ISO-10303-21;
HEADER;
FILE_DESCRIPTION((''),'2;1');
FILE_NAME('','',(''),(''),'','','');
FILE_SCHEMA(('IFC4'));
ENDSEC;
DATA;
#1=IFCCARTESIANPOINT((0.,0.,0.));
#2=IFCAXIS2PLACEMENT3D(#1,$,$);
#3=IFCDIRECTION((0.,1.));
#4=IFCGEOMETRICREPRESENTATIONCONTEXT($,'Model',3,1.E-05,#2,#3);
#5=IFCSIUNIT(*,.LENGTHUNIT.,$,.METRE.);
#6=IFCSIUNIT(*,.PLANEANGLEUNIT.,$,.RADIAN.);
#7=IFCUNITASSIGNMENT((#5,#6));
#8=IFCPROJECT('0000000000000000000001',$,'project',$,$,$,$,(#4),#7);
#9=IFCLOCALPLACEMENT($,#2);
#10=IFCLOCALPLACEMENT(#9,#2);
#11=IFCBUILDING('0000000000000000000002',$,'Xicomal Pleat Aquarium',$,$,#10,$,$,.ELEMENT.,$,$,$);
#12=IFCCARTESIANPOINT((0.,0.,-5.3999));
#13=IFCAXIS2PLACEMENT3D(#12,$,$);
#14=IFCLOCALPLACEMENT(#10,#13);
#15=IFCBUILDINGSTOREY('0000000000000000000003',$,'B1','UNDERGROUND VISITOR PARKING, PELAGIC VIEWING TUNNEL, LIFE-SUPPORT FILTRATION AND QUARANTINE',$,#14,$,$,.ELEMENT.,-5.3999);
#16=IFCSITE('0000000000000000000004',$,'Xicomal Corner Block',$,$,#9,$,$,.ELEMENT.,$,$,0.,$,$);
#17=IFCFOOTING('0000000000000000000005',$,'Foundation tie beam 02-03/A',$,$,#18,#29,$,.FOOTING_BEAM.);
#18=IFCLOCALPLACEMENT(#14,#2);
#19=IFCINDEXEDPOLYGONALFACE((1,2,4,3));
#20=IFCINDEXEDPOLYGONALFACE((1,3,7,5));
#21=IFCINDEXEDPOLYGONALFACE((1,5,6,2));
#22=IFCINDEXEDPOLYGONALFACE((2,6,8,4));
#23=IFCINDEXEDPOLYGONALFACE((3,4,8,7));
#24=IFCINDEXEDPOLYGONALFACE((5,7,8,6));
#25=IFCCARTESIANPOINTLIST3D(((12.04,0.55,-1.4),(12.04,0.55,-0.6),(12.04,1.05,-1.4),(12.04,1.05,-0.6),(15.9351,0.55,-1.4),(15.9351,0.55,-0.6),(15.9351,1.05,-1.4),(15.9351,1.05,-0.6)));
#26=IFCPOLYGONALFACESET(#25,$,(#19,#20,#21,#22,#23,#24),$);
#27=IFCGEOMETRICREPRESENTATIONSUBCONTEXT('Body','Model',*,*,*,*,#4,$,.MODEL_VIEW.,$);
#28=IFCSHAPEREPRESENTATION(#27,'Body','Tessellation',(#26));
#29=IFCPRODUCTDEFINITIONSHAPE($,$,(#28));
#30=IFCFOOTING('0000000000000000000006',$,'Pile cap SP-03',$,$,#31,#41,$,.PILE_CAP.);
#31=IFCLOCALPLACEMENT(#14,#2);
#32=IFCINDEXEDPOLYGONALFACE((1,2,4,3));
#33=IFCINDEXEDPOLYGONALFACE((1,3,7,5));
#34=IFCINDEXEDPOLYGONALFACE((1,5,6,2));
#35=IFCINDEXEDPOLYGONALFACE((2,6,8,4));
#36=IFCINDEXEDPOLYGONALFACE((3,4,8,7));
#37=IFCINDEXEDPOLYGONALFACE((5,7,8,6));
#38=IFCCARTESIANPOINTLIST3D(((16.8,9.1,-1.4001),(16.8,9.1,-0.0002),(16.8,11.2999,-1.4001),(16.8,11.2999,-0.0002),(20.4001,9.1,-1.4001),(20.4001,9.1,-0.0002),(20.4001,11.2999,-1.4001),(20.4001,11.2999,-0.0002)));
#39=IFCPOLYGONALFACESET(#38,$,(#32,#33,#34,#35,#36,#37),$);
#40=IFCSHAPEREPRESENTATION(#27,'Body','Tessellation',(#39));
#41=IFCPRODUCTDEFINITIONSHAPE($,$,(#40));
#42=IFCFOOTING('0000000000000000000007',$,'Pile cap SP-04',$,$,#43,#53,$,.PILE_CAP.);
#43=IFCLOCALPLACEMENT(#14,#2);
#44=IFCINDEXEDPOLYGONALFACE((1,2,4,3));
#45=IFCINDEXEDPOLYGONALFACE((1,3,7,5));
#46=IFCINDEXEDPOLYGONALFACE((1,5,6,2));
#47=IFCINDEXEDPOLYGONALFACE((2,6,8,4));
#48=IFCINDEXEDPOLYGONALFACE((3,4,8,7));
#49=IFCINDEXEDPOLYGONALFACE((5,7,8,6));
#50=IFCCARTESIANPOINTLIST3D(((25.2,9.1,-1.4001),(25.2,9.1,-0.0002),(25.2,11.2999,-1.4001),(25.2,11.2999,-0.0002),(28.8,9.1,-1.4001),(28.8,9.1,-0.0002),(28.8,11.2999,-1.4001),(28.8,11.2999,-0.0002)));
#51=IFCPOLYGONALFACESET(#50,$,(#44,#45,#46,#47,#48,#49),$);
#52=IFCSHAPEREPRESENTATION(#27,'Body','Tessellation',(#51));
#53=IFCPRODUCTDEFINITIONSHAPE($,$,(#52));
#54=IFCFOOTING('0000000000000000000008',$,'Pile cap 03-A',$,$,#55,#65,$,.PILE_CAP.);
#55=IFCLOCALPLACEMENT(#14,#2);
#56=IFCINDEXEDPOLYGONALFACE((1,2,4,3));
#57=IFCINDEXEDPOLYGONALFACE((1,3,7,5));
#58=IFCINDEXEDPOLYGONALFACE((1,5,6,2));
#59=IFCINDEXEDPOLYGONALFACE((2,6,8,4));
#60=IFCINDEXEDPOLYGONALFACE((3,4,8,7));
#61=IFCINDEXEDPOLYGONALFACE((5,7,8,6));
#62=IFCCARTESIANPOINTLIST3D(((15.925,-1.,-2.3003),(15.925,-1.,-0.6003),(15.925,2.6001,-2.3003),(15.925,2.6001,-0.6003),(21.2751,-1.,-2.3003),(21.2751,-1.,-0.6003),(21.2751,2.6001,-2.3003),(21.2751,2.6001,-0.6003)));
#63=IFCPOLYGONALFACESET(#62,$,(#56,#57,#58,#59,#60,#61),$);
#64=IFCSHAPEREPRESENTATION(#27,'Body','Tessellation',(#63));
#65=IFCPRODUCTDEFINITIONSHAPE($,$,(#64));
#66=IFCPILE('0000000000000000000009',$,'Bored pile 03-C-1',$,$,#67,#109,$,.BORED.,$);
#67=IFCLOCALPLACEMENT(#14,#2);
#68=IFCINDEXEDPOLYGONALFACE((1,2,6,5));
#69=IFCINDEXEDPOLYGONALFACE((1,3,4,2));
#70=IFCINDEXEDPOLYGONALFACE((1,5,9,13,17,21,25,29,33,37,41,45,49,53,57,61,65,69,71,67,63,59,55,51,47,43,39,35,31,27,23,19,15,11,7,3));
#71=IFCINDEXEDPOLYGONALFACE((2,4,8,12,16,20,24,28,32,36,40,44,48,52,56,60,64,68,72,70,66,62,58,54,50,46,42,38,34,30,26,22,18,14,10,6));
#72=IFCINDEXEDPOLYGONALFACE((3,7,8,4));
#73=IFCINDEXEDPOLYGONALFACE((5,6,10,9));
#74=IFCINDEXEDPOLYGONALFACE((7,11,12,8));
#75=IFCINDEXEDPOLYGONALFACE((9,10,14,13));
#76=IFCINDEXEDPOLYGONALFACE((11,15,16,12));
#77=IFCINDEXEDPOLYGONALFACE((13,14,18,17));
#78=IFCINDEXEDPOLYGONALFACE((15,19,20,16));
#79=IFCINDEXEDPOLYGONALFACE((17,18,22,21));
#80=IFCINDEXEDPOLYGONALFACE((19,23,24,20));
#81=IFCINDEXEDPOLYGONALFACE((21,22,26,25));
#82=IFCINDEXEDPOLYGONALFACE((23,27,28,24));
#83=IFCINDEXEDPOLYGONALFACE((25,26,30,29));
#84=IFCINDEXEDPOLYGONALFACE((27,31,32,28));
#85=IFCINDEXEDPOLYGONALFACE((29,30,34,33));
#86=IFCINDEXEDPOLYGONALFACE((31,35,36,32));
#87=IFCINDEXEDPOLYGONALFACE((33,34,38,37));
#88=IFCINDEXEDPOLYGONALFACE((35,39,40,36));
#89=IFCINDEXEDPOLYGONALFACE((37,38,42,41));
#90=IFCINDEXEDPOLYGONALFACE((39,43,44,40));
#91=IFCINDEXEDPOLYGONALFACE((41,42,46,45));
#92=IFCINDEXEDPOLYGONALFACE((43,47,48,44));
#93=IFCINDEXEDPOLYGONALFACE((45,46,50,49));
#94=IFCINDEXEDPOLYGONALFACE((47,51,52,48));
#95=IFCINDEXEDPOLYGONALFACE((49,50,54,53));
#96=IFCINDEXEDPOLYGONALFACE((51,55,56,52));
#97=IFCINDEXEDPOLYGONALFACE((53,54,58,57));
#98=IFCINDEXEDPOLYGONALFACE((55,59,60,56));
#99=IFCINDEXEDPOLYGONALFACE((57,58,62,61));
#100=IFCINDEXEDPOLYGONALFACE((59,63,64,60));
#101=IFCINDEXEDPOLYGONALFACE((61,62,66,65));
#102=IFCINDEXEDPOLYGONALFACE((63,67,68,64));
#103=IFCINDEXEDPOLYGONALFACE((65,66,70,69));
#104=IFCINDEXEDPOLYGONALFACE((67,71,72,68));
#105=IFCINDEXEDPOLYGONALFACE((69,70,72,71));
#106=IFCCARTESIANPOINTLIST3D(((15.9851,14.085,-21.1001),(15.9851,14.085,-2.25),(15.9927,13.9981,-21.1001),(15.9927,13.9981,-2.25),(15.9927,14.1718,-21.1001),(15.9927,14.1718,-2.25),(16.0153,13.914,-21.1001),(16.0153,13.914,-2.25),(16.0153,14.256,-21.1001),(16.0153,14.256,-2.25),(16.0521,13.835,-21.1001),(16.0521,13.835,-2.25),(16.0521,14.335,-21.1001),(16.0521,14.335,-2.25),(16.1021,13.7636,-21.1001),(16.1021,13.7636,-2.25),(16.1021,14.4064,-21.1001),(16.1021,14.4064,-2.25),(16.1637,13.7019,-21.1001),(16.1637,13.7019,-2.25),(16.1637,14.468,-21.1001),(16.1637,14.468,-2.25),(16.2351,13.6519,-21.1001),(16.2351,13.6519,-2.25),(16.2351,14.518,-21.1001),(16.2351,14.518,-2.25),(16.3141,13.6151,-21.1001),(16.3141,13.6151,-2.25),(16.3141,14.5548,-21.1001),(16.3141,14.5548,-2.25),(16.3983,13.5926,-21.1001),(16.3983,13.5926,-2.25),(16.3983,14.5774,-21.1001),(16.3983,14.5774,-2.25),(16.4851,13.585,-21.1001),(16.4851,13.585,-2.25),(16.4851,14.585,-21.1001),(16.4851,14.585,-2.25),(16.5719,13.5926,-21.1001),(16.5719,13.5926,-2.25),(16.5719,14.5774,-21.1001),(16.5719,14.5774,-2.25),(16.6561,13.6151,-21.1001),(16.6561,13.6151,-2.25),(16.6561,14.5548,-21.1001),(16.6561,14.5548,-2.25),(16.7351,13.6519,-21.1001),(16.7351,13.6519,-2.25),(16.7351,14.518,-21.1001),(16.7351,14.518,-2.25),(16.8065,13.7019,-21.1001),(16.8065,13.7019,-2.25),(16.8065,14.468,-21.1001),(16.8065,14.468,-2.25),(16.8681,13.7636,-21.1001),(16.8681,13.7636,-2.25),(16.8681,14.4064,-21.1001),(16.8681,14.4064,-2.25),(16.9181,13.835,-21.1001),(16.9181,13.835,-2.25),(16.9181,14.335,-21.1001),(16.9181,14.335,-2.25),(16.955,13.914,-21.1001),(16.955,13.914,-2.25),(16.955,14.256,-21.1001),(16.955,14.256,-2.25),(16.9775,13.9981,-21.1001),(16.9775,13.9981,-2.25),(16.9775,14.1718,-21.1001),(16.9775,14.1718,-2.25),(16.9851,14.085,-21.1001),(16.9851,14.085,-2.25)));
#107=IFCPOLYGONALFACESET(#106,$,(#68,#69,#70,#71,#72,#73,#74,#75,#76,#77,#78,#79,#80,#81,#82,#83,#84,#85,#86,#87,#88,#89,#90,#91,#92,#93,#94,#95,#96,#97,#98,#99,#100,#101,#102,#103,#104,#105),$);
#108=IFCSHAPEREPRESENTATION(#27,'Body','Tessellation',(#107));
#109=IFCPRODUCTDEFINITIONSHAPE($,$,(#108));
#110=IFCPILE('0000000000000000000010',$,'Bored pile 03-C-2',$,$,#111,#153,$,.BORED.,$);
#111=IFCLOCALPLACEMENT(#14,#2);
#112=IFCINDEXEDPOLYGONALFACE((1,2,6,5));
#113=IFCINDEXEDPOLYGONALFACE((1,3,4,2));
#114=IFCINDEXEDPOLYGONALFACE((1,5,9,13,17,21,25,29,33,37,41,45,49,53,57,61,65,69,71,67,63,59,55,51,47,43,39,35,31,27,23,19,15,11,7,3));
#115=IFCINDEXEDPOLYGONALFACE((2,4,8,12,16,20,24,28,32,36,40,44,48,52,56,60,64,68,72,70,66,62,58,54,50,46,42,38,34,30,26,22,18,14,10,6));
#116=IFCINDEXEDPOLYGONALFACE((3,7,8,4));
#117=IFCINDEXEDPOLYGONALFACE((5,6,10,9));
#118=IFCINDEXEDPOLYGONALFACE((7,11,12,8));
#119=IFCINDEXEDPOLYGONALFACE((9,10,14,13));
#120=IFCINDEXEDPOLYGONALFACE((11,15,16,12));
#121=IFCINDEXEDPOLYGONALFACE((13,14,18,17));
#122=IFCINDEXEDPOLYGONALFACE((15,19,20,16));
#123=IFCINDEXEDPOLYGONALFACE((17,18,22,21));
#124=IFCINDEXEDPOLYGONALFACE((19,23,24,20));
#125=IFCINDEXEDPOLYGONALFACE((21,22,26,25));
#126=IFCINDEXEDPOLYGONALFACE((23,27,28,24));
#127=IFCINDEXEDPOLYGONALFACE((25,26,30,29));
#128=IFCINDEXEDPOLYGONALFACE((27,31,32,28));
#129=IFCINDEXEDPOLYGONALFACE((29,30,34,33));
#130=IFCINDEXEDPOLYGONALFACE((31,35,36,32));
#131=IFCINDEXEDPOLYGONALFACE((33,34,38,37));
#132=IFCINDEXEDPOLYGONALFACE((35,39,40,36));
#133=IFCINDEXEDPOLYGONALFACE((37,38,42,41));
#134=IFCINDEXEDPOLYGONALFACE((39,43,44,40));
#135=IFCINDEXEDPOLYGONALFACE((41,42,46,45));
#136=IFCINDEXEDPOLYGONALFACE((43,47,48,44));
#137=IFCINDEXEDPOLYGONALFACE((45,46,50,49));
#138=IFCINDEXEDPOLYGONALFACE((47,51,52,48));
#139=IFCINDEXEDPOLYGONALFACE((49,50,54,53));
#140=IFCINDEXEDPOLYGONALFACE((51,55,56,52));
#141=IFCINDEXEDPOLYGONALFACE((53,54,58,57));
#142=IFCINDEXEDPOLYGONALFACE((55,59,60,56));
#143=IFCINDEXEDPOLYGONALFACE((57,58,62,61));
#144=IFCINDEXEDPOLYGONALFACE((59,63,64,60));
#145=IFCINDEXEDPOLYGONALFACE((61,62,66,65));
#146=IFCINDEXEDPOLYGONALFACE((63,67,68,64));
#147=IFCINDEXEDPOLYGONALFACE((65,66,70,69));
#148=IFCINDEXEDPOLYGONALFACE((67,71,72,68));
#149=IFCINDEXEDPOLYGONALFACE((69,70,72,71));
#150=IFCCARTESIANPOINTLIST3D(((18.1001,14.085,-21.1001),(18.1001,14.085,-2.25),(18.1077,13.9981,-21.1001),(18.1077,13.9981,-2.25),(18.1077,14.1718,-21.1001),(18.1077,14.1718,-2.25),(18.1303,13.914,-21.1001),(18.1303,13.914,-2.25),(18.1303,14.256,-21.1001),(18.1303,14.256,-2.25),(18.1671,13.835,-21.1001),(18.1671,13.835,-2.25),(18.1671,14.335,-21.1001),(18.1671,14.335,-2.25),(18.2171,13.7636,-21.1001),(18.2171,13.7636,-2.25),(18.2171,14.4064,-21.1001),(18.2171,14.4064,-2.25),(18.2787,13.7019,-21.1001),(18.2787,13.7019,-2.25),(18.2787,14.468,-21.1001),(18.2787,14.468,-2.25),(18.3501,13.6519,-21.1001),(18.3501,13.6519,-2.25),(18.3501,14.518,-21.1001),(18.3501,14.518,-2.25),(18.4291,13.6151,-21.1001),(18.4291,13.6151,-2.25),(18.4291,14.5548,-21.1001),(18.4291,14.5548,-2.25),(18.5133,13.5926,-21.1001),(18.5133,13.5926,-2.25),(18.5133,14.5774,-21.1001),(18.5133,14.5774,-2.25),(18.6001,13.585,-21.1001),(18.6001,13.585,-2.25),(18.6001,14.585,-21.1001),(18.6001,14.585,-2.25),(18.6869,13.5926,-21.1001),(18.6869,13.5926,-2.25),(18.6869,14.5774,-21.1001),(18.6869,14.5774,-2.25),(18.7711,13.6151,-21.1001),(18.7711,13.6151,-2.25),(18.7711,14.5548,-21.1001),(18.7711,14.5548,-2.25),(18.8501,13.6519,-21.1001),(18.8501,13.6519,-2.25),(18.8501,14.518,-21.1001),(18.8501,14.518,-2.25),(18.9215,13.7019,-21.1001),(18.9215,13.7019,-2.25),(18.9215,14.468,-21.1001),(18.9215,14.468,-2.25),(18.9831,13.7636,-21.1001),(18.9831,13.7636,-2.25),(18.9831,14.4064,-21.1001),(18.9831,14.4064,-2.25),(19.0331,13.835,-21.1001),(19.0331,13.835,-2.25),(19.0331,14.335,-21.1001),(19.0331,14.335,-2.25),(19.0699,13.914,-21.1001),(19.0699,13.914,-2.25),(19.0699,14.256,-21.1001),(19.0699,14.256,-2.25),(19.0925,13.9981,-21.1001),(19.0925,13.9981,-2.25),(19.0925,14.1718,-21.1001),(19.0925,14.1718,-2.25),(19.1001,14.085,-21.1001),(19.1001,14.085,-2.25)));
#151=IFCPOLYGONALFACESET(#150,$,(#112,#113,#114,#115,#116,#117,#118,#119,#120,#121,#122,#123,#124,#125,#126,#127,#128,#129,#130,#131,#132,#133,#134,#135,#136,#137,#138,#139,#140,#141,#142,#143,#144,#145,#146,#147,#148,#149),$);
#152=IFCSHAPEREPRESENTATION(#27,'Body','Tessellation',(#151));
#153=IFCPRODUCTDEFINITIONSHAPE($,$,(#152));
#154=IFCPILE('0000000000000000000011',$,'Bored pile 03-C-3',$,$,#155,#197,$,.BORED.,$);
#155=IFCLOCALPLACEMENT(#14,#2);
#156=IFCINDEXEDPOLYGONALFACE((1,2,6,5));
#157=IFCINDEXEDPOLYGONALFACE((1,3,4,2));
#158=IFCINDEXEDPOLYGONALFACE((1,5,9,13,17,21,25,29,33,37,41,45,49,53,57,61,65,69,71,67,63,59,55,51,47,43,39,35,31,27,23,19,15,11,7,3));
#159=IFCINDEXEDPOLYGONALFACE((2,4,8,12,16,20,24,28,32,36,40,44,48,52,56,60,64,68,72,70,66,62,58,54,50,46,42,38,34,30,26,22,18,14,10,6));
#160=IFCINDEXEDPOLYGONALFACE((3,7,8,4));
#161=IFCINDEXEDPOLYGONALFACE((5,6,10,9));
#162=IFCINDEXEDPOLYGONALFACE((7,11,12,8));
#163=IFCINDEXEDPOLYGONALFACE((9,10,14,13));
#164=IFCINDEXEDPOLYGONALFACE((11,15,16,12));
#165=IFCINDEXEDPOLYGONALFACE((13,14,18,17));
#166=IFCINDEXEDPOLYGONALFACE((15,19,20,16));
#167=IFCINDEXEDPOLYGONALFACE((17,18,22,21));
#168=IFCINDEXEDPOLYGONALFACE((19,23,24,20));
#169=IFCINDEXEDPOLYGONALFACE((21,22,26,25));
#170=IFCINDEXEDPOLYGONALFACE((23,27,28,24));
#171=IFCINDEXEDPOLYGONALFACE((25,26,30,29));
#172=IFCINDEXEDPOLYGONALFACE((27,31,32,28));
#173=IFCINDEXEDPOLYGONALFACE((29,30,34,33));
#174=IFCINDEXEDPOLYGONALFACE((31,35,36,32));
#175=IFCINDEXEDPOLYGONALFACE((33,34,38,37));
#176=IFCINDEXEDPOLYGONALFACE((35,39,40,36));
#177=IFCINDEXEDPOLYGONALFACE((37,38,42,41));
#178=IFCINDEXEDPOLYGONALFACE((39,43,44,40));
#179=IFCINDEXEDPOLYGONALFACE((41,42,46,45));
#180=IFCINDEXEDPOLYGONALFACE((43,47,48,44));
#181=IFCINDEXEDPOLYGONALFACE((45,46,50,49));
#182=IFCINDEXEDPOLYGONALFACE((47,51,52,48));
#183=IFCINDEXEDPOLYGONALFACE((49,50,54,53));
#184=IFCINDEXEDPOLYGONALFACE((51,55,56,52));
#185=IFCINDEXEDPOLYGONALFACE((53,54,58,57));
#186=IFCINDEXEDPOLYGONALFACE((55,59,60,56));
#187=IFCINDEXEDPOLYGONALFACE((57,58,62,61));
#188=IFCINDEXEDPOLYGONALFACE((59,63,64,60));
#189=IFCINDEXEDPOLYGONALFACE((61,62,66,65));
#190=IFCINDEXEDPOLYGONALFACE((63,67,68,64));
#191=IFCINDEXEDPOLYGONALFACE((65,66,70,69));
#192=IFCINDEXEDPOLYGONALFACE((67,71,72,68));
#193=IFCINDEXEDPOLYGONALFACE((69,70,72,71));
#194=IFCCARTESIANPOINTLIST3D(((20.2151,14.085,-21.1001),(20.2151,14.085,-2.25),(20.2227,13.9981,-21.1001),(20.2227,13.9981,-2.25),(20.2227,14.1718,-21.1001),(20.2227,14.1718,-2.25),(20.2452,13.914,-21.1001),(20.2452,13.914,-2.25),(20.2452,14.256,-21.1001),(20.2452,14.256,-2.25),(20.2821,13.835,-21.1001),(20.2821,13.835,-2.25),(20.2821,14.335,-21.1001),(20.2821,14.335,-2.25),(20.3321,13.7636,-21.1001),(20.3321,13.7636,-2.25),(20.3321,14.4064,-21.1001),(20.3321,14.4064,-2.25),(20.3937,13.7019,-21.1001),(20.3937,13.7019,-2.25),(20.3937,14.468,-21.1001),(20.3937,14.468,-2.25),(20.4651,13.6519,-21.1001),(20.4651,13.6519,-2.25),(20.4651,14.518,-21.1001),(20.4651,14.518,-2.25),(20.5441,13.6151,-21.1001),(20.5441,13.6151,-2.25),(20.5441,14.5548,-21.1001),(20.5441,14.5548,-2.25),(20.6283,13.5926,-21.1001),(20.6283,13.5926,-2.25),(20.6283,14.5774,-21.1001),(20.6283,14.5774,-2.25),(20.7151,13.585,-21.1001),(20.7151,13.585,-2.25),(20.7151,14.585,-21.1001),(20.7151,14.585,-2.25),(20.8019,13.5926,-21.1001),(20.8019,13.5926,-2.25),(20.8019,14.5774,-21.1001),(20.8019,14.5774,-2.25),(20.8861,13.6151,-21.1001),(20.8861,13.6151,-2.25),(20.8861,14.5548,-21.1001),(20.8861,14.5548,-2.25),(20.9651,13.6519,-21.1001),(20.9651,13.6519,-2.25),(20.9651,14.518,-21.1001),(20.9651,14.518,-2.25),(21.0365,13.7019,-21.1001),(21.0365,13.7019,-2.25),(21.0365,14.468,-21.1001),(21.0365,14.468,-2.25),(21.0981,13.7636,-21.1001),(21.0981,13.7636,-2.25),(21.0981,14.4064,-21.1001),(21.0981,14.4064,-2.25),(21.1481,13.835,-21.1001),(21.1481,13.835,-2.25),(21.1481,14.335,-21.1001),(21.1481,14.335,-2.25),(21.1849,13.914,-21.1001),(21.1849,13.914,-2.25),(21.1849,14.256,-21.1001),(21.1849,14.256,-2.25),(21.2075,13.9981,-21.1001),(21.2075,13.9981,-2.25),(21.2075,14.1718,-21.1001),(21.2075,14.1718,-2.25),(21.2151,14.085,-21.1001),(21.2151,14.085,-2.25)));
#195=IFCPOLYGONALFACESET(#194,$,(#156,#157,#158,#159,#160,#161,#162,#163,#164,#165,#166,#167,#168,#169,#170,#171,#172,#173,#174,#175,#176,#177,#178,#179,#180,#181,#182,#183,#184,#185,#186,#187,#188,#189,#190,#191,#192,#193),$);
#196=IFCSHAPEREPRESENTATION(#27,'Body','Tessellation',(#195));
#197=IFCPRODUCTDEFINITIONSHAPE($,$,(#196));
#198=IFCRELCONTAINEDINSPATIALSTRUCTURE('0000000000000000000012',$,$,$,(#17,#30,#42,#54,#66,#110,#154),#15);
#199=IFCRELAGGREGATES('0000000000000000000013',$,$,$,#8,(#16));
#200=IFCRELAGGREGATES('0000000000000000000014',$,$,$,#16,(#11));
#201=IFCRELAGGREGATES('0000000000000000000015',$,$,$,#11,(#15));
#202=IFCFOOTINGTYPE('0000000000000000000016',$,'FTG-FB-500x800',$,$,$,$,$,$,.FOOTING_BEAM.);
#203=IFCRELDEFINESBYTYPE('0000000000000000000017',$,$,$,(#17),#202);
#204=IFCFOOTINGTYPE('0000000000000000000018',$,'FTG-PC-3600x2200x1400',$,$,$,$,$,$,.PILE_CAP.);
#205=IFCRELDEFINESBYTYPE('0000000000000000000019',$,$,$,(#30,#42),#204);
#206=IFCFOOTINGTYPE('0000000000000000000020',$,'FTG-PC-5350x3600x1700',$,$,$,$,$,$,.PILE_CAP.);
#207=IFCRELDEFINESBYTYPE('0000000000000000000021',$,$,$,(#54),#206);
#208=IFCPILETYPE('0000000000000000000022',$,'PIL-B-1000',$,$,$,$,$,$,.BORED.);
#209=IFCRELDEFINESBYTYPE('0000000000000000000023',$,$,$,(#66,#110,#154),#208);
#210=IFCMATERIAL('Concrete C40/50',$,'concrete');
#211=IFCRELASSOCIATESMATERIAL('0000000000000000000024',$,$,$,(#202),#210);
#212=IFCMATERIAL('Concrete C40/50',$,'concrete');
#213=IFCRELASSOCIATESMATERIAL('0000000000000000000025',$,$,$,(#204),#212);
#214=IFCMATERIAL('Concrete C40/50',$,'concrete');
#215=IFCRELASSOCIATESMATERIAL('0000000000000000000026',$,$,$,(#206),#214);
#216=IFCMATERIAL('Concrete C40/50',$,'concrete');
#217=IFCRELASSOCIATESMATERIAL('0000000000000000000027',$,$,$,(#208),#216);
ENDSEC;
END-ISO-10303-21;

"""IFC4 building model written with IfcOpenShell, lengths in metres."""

from ifc_helpers import new_model, si_unit, direction, frame, origin, origin_2d, place, context, subcontext, project, spatial, rectangle, circle, extrude, material, material_profile, profile_set, type_object, element, save


model = new_model("IFC4")

# Units and contexts
model_context = context("Model", 3, precision=1e-05, world=origin(), true_north=direction((0.0, 1.0)))
body_context = subcontext(model_context, "Body", "Model", "MODEL_VIEW")
ifc_project = project(units=[si_unit("LENGTHUNIT", "METRE"), si_unit("PLANEANGLEUNIT", "RADIAN")], contexts=[model_context])

# Site, building, storey
site_placement = place(None, origin())
site = spatial("IfcSite", under=ifc_project, at=site_placement, Name="Xicomal Corner Block", CompositionType="ELEMENT", RefElevation=0.0)
building_placement = place(site_placement, origin())
building = spatial("IfcBuilding", under=site, at=building_placement, Name="Xicomal Pleat Aquarium", CompositionType="ELEMENT")
storey_placement = place(building_placement, frame((0.0, 0.0, -5.3999)))
storey = spatial("IfcBuildingStorey", under=building, at=storey_placement, Name="B1", Description="UNDERGROUND VISITOR PARKING, PELAGIC VIEWING TUNNEL, LIFE-SUPPORT FILTRATION AND QUARANTINE", CompositionType="ELEMENT", Elevation=-5.3999)

# Footings
ifc_material_1 = material(Name="Concrete C40/50", Category="concrete")
ifc_material_profile_1 = material_profile(ifc_material_1, rectangle(XDim=0.5, YDim=0.8, at=origin_2d()), Name="FB-01 500x800")
ifc_profile_set_1 = profile_set([ifc_material_profile_1], Name="Concrete C40/50")
footing_type_1 = type_object("IfcFootingType", Name="FTG-FB-500x800", PredefinedType="FOOTING_BEAM", material=ifc_profile_set_1)
footing_1_placement = place(storey_placement, frame((12.04, 0.8, -1.0), z_axis=(1.0, 0.0, 0.0), x_axis=(0.0, 1.0, 0.0)))
element("IfcFooting", 1, at=footing_1_placement, inside=storey, type_object=footing_type_1, Name="Foundation tie beam 02-03/A", PredefinedType="FOOTING_BEAM", context=body_context, shape_type="SweptSolid", body=[
    extrude(rectangle(XDim=0.5, YDim=0.8, at=origin_2d()), origin(), (0.0, 0.0, 1.0), 3.895),
])
ifc_material_2 = material(Name="Concrete C40/50", Category="concrete")
footing_type_2 = type_object("IfcFootingType", Name="FTG-PC-3600x2200x1400", PredefinedType="PILE_CAP", material=ifc_material_2)
for number, where, z_axis, x_axis, name in (
    (2, (18.6001, 10.2, -1.4001), (0.0, 0.0, 1.0), (1.0, 0.0, 0.0), "Pile cap SP-03"),
    (3, (27.0, 10.2, -1.4001), (0.0, 0.0, 1.0), (1.0, 0.0, 0.0), "Pile cap SP-04"),
):
    element("IfcFooting", number, at=place(storey_placement, frame(where, z_axis=z_axis, x_axis=x_axis)), inside=storey, type_object=footing_type_2, Name=name, PredefinedType="PILE_CAP", context=body_context, shape_type="SweptSolid", body=[
        extrude(rectangle(XDim=3.6001, YDim=2.2, at=origin_2d()), origin(), (0.0, 0.0, 1.0), 1.3999),
    ])
ifc_material_3 = material(Name="Concrete C40/50", Category="concrete")
footing_type_3 = type_object("IfcFootingType", Name="FTG-PC-5350x3600x1700", PredefinedType="PILE_CAP", material=ifc_material_3)
footing_2_placement = place(storey_placement, frame((18.6001, 0.8, -2.3003), z_axis=(0.0, 0.0, 1.0), x_axis=(1.0, 0.0, 0.0)))
element("IfcFooting", 4, at=footing_2_placement, inside=storey, type_object=footing_type_3, Name="Pile cap 03-A", PredefinedType="PILE_CAP", context=body_context, shape_type="SweptSolid", body=[
    extrude(rectangle(XDim=5.3501, YDim=3.6001, at=origin_2d()), origin(), (0.0, 0.0, 1.0), 1.7),
])

# Piles
ifc_material_4 = material(Name="Concrete C40/50", Category="concrete")
ifc_material_profile_2 = material_profile(ifc_material_4, circle(Radius=0.5, at=origin_2d()), Name="BORED PILE D1000")
ifc_profile_set_2 = profile_set([ifc_material_profile_2], Name="Concrete C40/50")
pile_type_1 = type_object("IfcPileType", Name="PIL-B-1000", PredefinedType="BORED", material=ifc_profile_set_2)
for number, where, z_axis, x_axis, name in (
    (5, (16.4851, 14.085, -2.25), (0.0, 0.0, -1.0), (1.0, 0.0, 0.0), "Bored pile 03-C-1"),
    (6, (18.6001, 14.085, -2.25), (0.0, 0.0, -1.0), (1.0, 0.0, 0.0), "Bored pile 03-C-2"),
    (7, (20.7151, 14.085, -2.25), (0.0, 0.0, -1.0), (1.0, 0.0, 0.0), "Bored pile 03-C-3"),
):
    element("IfcPile", number, at=place(storey_placement, frame(where, z_axis=z_axis, x_axis=x_axis)), inside=storey, type_object=pile_type_1, Name=name, PredefinedType="BORED", context=body_context, shape_type="SweptSolid", body=[
        extrude(circle(Radius=0.5, at=origin_2d()), origin(), (0.0, 0.0, 1.0), 18.8501),
    ])

save(model, "model.ifc")
